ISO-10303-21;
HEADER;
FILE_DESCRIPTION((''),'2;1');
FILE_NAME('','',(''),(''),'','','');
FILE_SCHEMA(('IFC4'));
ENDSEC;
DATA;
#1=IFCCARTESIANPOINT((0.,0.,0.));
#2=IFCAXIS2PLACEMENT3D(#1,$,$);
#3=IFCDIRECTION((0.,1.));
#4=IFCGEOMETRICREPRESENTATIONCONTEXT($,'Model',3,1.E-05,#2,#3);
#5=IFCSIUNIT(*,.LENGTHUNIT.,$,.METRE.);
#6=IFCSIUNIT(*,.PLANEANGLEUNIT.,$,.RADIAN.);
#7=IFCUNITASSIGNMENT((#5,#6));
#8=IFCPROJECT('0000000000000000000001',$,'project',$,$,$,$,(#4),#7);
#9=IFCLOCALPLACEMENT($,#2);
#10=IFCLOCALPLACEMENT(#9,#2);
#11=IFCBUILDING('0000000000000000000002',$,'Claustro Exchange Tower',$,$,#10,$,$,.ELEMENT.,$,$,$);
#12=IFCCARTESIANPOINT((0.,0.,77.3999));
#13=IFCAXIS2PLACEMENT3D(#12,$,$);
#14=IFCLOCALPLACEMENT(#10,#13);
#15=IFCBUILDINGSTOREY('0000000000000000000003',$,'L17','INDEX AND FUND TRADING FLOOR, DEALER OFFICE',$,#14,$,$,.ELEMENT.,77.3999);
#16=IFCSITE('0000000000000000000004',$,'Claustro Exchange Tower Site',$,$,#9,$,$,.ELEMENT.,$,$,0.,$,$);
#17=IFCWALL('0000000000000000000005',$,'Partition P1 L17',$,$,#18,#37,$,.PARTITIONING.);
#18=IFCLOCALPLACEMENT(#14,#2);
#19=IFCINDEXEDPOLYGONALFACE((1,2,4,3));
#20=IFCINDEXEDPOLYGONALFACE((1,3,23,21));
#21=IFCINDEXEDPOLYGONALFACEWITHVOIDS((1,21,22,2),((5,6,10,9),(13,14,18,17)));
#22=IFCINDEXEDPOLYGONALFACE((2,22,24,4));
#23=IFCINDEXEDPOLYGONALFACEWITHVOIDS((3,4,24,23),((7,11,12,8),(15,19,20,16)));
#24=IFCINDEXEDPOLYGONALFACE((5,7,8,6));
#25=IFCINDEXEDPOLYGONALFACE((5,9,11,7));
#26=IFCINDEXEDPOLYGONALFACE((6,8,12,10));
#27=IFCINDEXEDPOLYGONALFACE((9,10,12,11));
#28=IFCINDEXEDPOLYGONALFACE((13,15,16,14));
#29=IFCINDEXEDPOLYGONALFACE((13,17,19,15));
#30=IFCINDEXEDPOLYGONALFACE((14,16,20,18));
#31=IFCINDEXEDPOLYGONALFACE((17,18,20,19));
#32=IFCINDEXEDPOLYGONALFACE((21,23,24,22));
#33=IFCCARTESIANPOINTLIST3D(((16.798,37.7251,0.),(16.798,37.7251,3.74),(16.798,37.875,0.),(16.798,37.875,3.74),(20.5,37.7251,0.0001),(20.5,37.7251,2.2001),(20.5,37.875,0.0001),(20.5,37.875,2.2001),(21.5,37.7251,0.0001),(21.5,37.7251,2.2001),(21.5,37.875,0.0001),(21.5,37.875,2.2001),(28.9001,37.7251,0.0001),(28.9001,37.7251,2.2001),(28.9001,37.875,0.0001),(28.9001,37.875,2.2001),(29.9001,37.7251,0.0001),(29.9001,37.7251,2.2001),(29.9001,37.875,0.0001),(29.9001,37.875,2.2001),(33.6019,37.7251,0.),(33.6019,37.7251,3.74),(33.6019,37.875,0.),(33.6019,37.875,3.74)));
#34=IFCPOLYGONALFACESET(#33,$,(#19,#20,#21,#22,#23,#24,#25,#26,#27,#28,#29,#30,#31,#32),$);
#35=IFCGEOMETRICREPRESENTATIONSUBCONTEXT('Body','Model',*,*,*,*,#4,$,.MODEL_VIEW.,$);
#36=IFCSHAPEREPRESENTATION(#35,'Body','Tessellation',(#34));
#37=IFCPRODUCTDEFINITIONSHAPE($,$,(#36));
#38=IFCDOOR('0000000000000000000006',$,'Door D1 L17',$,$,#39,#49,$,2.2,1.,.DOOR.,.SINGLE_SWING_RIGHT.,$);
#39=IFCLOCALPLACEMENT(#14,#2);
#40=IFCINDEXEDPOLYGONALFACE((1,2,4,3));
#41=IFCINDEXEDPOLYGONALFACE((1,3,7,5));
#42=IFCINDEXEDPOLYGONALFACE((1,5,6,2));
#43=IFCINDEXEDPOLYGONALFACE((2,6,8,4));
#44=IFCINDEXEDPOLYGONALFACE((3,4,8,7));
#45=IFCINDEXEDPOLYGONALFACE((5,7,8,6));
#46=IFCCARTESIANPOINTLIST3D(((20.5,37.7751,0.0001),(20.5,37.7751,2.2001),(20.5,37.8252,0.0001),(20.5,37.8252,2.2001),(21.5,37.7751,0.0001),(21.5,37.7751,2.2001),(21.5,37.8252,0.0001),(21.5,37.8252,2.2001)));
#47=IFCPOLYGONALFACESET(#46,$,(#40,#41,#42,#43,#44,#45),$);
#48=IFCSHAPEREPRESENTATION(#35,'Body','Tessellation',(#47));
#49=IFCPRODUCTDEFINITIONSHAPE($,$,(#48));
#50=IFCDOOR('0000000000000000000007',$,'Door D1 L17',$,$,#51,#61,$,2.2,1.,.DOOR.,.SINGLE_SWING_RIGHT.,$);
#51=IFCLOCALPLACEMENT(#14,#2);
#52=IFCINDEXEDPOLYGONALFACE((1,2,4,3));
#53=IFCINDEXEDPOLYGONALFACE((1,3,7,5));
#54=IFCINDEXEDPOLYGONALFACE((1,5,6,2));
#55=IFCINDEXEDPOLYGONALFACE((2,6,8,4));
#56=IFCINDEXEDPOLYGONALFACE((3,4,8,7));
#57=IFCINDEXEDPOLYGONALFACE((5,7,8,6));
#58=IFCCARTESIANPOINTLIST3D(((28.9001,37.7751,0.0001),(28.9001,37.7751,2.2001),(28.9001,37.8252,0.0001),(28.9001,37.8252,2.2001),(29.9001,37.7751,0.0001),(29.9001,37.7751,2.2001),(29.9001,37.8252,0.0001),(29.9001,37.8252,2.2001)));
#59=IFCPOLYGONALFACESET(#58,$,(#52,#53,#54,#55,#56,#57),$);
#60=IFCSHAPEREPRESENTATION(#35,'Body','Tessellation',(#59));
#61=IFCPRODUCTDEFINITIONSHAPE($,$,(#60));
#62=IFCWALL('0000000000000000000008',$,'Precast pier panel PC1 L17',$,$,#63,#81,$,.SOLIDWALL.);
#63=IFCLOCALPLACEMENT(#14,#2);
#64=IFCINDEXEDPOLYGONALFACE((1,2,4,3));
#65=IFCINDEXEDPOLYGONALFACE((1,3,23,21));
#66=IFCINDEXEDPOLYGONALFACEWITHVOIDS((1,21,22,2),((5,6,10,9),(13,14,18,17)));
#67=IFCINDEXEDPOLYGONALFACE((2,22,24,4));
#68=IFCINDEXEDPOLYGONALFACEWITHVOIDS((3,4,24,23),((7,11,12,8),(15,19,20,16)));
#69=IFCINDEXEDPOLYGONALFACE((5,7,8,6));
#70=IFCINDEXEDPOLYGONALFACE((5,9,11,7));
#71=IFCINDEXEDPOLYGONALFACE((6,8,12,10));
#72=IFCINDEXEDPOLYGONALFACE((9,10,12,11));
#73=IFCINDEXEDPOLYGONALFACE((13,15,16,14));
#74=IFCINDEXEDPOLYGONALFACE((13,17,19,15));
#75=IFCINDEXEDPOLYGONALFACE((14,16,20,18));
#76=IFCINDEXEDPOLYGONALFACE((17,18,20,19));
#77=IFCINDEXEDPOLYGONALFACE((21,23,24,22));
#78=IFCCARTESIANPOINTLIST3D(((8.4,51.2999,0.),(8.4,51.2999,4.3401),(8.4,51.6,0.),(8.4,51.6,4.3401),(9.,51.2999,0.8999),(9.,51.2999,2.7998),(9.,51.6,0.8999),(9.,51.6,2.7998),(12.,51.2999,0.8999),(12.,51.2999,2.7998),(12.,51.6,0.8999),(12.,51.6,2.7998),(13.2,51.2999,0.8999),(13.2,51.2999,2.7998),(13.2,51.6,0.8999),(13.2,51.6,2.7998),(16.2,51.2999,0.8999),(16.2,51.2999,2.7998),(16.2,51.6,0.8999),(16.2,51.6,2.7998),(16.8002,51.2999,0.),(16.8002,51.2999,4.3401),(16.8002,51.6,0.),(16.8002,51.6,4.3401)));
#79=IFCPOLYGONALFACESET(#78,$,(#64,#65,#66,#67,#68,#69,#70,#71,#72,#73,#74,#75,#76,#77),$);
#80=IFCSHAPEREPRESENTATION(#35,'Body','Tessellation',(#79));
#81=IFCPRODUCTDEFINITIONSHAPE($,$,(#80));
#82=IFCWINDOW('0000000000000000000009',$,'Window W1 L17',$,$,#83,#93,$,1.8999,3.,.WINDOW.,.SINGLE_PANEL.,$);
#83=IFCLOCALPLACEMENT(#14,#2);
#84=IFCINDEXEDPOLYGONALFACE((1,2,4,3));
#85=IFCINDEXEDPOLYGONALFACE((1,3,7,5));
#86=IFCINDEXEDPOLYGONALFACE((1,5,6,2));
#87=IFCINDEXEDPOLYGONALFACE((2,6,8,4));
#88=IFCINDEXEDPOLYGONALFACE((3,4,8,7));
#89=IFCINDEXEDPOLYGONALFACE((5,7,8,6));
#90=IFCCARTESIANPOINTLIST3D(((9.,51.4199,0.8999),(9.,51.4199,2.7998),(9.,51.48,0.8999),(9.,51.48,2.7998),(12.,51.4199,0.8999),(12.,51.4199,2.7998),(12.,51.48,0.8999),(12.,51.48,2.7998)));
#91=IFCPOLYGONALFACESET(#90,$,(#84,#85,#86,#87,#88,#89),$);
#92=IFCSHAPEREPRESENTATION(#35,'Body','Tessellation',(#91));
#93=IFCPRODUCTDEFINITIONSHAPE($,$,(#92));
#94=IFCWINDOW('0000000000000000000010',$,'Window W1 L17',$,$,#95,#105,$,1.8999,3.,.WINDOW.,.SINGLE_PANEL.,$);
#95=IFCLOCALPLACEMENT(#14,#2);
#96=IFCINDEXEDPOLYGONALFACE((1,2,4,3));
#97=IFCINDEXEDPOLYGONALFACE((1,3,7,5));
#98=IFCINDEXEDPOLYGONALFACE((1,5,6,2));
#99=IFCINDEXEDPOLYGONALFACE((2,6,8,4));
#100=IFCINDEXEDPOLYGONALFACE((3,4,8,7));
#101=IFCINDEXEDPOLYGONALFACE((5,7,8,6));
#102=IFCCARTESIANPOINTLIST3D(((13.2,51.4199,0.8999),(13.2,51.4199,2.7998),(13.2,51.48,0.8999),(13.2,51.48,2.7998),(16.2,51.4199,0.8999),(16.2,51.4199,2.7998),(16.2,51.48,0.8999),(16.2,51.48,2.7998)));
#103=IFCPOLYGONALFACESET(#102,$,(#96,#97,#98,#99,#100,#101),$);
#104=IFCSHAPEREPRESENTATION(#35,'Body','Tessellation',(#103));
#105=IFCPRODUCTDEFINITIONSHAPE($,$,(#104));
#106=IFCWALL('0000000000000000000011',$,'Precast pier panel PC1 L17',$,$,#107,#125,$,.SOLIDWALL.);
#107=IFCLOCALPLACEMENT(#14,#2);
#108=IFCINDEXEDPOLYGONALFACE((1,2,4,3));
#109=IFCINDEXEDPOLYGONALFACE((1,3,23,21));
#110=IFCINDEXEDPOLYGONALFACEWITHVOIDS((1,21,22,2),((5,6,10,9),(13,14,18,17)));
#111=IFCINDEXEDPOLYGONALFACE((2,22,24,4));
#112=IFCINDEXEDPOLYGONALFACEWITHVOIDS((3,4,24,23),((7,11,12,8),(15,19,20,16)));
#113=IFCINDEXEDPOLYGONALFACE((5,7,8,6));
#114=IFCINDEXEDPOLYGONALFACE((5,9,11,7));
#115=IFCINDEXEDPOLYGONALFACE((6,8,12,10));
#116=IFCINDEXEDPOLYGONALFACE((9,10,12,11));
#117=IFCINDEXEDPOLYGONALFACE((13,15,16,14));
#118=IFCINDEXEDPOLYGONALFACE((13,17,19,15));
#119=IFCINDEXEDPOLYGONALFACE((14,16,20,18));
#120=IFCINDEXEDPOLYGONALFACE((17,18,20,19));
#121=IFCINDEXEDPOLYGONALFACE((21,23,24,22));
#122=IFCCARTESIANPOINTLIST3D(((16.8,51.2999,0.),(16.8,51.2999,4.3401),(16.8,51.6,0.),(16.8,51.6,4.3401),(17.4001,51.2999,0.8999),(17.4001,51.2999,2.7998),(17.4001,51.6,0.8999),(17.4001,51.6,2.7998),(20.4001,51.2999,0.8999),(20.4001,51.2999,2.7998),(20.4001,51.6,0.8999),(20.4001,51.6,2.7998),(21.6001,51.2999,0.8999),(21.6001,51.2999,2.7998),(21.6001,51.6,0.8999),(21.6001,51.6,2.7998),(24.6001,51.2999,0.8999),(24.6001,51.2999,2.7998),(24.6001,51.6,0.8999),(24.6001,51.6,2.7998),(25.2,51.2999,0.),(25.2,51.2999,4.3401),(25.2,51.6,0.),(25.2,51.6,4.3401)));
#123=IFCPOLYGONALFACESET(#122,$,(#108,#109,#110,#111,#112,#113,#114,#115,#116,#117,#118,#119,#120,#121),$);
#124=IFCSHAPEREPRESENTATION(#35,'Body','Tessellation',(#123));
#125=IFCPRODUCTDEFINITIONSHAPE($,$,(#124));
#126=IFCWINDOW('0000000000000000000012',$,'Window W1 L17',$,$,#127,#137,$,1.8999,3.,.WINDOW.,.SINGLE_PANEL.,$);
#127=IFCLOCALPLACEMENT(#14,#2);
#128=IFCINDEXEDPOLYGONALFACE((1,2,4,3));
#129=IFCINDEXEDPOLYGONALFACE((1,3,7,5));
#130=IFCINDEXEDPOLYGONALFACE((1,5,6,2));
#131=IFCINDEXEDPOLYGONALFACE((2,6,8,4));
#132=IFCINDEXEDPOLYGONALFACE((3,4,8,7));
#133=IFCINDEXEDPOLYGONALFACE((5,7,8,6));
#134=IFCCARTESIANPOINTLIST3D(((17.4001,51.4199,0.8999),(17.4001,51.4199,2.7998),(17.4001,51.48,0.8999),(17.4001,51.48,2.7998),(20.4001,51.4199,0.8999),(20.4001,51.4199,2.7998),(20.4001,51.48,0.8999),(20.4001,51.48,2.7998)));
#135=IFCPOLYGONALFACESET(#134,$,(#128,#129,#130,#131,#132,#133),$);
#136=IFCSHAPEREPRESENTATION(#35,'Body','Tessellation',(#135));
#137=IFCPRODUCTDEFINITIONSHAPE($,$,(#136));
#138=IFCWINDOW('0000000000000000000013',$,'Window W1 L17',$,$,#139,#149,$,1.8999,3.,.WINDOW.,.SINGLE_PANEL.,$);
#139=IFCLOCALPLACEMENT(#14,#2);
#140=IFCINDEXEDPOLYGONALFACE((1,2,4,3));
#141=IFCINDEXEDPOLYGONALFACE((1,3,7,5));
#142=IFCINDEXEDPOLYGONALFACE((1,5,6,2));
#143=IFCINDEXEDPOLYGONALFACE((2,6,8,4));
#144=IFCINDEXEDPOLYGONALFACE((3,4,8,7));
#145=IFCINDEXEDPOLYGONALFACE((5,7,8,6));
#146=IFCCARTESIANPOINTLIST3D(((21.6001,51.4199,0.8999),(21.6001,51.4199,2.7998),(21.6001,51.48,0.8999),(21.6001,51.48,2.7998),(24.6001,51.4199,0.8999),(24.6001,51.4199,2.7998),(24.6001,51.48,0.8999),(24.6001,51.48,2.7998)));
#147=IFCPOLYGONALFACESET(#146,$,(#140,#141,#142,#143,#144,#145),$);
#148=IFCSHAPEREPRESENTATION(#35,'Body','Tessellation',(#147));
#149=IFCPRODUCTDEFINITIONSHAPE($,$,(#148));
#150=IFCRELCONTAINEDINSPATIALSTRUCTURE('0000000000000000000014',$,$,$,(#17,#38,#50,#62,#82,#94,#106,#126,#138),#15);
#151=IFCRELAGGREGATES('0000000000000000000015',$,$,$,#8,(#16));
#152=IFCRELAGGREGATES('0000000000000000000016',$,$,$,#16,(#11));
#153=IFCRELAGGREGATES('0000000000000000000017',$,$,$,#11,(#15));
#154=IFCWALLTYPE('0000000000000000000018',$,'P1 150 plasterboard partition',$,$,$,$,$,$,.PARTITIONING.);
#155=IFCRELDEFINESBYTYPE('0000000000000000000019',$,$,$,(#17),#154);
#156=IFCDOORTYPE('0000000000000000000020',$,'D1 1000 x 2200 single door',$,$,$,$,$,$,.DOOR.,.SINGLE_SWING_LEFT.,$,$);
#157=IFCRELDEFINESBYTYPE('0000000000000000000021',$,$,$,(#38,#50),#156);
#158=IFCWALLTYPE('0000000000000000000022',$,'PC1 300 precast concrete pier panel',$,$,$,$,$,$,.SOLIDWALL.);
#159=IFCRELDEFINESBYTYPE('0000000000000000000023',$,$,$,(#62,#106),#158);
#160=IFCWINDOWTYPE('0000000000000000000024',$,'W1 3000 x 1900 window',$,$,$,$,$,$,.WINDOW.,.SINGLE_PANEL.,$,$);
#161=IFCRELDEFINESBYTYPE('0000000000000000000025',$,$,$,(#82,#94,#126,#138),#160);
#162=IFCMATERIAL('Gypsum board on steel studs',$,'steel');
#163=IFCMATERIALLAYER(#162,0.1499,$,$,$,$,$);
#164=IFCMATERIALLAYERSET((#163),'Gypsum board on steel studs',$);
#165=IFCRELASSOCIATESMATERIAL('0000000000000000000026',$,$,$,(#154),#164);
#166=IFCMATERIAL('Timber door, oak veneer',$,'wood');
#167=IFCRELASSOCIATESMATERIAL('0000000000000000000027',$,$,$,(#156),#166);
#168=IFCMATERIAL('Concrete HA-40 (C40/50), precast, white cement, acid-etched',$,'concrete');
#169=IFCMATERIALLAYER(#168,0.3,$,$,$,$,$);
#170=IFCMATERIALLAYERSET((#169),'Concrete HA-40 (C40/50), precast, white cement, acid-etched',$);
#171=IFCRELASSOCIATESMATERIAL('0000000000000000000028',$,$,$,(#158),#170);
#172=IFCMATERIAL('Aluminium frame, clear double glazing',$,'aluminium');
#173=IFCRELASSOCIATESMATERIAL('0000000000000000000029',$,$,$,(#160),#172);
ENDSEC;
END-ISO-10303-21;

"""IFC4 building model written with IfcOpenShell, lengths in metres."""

from ifc_helpers import new_model, si_unit, direction, frame, frame_2d, origin, place, context, subcontext, project, spatial, rectangle, extrude, material, layer, layer_set, type_object, element, fill, save


model = new_model("IFC4")

# Units and contexts
model_context = context("Model", 3, precision=1e-05, world=origin(), true_north=direction((0.0, 1.0)))
body_context = subcontext(model_context, "Body", "Model", "MODEL_VIEW")
ifc_project = project(units=[si_unit("LENGTHUNIT", "METRE"), si_unit("PLANEANGLEUNIT", "RADIAN")], contexts=[model_context])

# Site, building, storey
site_placement = place(None, origin())
site = spatial("IfcSite", under=ifc_project, at=site_placement, Name="Claustro Exchange Tower Site", CompositionType="ELEMENT", RefElevation=0.0)
building_placement = place(site_placement, origin())
building = spatial("IfcBuilding", under=site, at=building_placement, Name="Claustro Exchange Tower", CompositionType="ELEMENT")
storey_placement = place(building_placement, frame((0.0, 0.0, 77.3999)))
storey = spatial("IfcBuildingStorey", under=building, at=storey_placement, Name="L17", Description="INDEX AND FUND TRADING FLOOR, DEALER OFFICE", CompositionType="ELEMENT", Elevation=77.3999)

# Shared definitions
ifc_material_1 = material(Name="Gypsum board on steel studs", Category="steel")
ifc_layer_1 = layer(ifc_material_1, 0.1499)
ifc_layer_set_1 = layer_set([ifc_layer_1], Name="Gypsum board on steel studs")
wall_type_1 = type_object("IfcWallType", Name="P1 150 plasterboard partition", PredefinedType="PARTITIONING", material=ifc_layer_set_1)

# Wall, openings, doors
wall_1_placement = place(storey_placement, frame((16.7981, 37.8, 0.0), z_axis=(0.0, 0.0, 1.0), x_axis=(1.0, 0.0, 0.0)))
wall_1 = element("IfcWall", 1, at=wall_1_placement, inside=storey, type_object=wall_type_1, Name="Partition P1 L17", PredefinedType="PARTITIONING", context=body_context, shape_type="SweptSolid", body=[
    extrude(rectangle(XDim=16.804, YDim=0.1499, at=frame_2d((8.4019, 0.0))), origin(), (0.0, 0.0, 1.0), 3.74),
])
opening_1_placement = place(wall_1_placement, frame((3.7019, 0.0, 0.0)))
opening_1 = element("IfcOpeningElement", 2, at=opening_1_placement, cuts=wall_1, PredefinedType="OPENING", context=body_context, shape_type="SweptSolid", body=[
    extrude(rectangle(XDim=1.0, YDim=2.2, at=frame_2d((0.5, 1.1001))), frame((0.0, 0.085, 0.0), z_axis=(0.0, -1.0, 0.0), x_axis=(1.0, 0.0, 0.0)), (0.0, 0.0, 1.0), 0.1699),
])
opening_2_placement = place(wall_1_placement, frame((12.1021, 0.0, 0.0)))
opening_2 = element("IfcOpeningElement", 3, at=opening_2_placement, cuts=wall_1, PredefinedType="OPENING", context=body_context, shape_type="SweptSolid", body=[
    extrude(rectangle(XDim=1.0, YDim=2.2, at=frame_2d((0.5, 1.1001))), frame((0.0, 0.085, 0.0), z_axis=(0.0, -1.0, 0.0), x_axis=(1.0, 0.0, 0.0)), (0.0, 0.0, 1.0), 0.1699),
])
ifc_material_2 = material(Name="Timber door, oak veneer", Category="wood")
door_type = type_object("IfcDoorType", Name="D1 1000 x 2200 single door", OperationType="SINGLE_SWING_LEFT", PredefinedType="DOOR", material=ifc_material_2)
door_1_placement = place(opening_1_placement, frame((1.0, 0.0, 0.0), z_axis=(0.0, 0.0, 1.0), x_axis=(-1.0, 0.0, 0.0)))
door_1 = element("IfcDoor", 4, at=door_1_placement, inside=storey, type_object=door_type, Name="Door D1 L17", OperationType="SINGLE_SWING_RIGHT", OverallHeight=2.2, OverallWidth=1.0, PredefinedType="DOOR", context=body_context, shape_type="SweptSolid", body=[
    extrude(rectangle(XDim=1.0, YDim=2.2, at=frame_2d((0.5, 1.1001))), frame((0.0, 0.0249, 0.0), z_axis=(0.0, -1.0, 0.0), x_axis=(1.0, 0.0, 0.0)), (0.0, 0.0, 1.0), 0.05),
])
fill(opening_1, door_1)
door_2_placement = place(opening_2_placement, frame((1.0, 0.0, 0.0), z_axis=(0.0, 0.0, 1.0), x_axis=(-1.0, 0.0, 0.0)))
door_2 = element("IfcDoor", 5, at=door_2_placement, inside=storey, type_object=door_type, Name="Door D1 L17", OperationType="SINGLE_SWING_RIGHT", OverallHeight=2.2, OverallWidth=1.0, PredefinedType="DOOR", context=body_context, shape_type="SweptSolid", body=[
    extrude(rectangle(XDim=1.0, YDim=2.2, at=frame_2d((0.5, 1.1001))), frame((0.0, 0.0249, 0.0), z_axis=(0.0, -1.0, 0.0), x_axis=(1.0, 0.0, 0.0)), (0.0, 0.0, 1.0), 0.05),
])
fill(opening_2, door_2)

# Walls, openings, windows
ifc_material_3 = material(Name="Concrete HA-40 (C40/50), precast, white cement, acid-etched", Category="concrete")
ifc_layer_2 = layer(ifc_material_3, 0.3)
ifc_layer_set_2 = layer_set([ifc_layer_2], Name="Concrete HA-40 (C40/50), precast, white cement, acid-etched")
wall_type_2 = type_object("IfcWallType", Name="PC1 300 precast concrete pier panel", PredefinedType="SOLIDWALL", material=ifc_layer_set_2)
wall_2_placement = place(storey_placement, frame((8.3999, 51.45, 0.0), z_axis=(0.0, 0.0, 1.0), x_axis=(1.0, 0.0, 0.0)))
wall_2 = element("IfcWall", 6, at=wall_2_placement, inside=storey, type_object=wall_type_2, Name="Precast pier panel PC1 L17", PredefinedType="SOLIDWALL", context=body_context, shape_type="SweptSolid", body=[
    extrude(rectangle(XDim=8.4001, YDim=0.3, at=frame_2d((4.2002, 0.0))), origin(), (0.0, 0.0, 1.0), 4.3401),
])
opening_3_placement = place(wall_2_placement, frame((0.6001, 0.0, 0.8999)))
opening_3 = element("IfcOpeningElement", 7, at=opening_3_placement, cuts=wall_2, PredefinedType="OPENING", context=body_context, shape_type="SweptSolid", body=[
    extrude(rectangle(XDim=3.0, YDim=1.8999, at=frame_2d((1.5, 0.95))), frame((0.0, 0.1599, 0.0), z_axis=(0.0, -1.0, 0.0), x_axis=(1.0, 0.0, 0.0)), (0.0, 0.0, 1.0), 0.3201),
])
opening_4_placement = place(wall_2_placement, frame((4.8, 0.0, 0.8999)))
opening_4 = element("IfcOpeningElement", 8, at=opening_4_placement, cuts=wall_2, PredefinedType="OPENING", context=body_context, shape_type="SweptSolid", body=[
    extrude(rectangle(XDim=3.0, YDim=1.8999, at=frame_2d((1.5, 0.95))), frame((0.0, 0.1599, 0.0), z_axis=(0.0, -1.0, 0.0), x_axis=(1.0, 0.0, 0.0)), (0.0, 0.0, 1.0), 0.3201),
])
ifc_material_4 = material(Name="Aluminium frame, clear double glazing", Category="aluminium")
window_type = type_object("IfcWindowType", Name="W1 3000 x 1900 window", PartitioningType="SINGLE_PANEL", PredefinedType="WINDOW", material=ifc_material_4)
window_1_placement = place(opening_3_placement, origin())
window_1 = element("IfcWindow", 9, at=window_1_placement, inside=storey, type_object=window_type, Name="Window W1 L17", OverallHeight=1.8999, OverallWidth=3.0, PartitioningType="SINGLE_PANEL", PredefinedType="WINDOW", context=body_context, shape_type="SweptSolid", body=[
    extrude(rectangle(XDim=3.0, YDim=1.8999, at=frame_2d((1.5, 0.95))), frame((0.0, 0.03, 0.0), z_axis=(0.0, -1.0, 0.0), x_axis=(1.0, 0.0, 0.0)), (0.0, 0.0, 1.0), 0.0601),
])
fill(opening_3, window_1)
window_2_placement = place(opening_4_placement, origin())
window_2 = element("IfcWindow", 10, at=window_2_placement, inside=storey, type_object=window_type, Name="Window W1 L17", OverallHeight=1.8999, OverallWidth=3.0, PartitioningType="SINGLE_PANEL", PredefinedType="WINDOW", context=body_context, shape_type="SweptSolid", body=[
    extrude(rectangle(XDim=3.0, YDim=1.8999, at=frame_2d((1.5, 0.95))), frame((0.0, 0.03, 0.0), z_axis=(0.0, -1.0, 0.0), x_axis=(1.0, 0.0, 0.0)), (0.0, 0.0, 1.0), 0.0601),
])
fill(opening_4, window_2)
wall_3_placement = place(storey_placement, frame((16.8, 51.45, 0.0), z_axis=(0.0, 0.0, 1.0), x_axis=(1.0, 0.0, 0.0)))
wall_3 = element("IfcWall", 11, at=wall_3_placement, inside=storey, type_object=wall_type_2, Name="Precast pier panel PC1 L17", PredefinedType="SOLIDWALL", context=body_context, shape_type="SweptSolid", body=[
    extrude(rectangle(XDim=8.3999, YDim=0.3, at=frame_2d((4.2, 0.0))), origin(), (0.0, 0.0, 1.0), 4.3401),
])
opening_5_placement = place(wall_3_placement, frame((0.6001, 0.0, 0.8999)))
opening_5 = element("IfcOpeningElement", 12, at=opening_5_placement, cuts=wall_3, PredefinedType="OPENING", context=body_context, shape_type="SweptSolid", body=[
    extrude(rectangle(XDim=3.0, YDim=1.8999, at=frame_2d((1.5, 0.95))), frame((0.0, 0.1599, 0.0), z_axis=(0.0, -1.0, 0.0), x_axis=(1.0, 0.0, 0.0)), (0.0, 0.0, 1.0), 0.3201),
])
opening_6_placement = place(wall_3_placement, frame((4.8, 0.0, 0.8999)))
opening_6 = element("IfcOpeningElement", 13, at=opening_6_placement, cuts=wall_3, PredefinedType="OPENING", context=body_context, shape_type="SweptSolid", body=[
    extrude(rectangle(XDim=3.0, YDim=1.8999, at=frame_2d((1.5, 0.95))), frame((0.0, 0.1599, 0.0), z_axis=(0.0, -1.0, 0.0), x_axis=(1.0, 0.0, 0.0)), (0.0, 0.0, 1.0), 0.3201),
])
window_3_placement = place(opening_5_placement, origin())
window_3 = element("IfcWindow", 14, at=window_3_placement, inside=storey, type_object=window_type, Name="Window W1 L17", OverallHeight=1.8999, OverallWidth=3.0, PartitioningType="SINGLE_PANEL", PredefinedType="WINDOW", context=body_context, shape_type="SweptSolid", body=[
    extrude(rectangle(XDim=3.0, YDim=1.8999, at=frame_2d((1.5, 0.95))), frame((0.0, 0.03, 0.0), z_axis=(0.0, -1.0, 0.0), x_axis=(1.0, 0.0, 0.0)), (0.0, 0.0, 1.0), 0.0601),
])
fill(opening_5, window_3)
window_4_placement = place(opening_6_placement, origin())
window_4 = element("IfcWindow", 15, at=window_4_placement, inside=storey, type_object=window_type, Name="Window W1 L17", OverallHeight=1.8999, OverallWidth=3.0, PartitioningType="SINGLE_PANEL", PredefinedType="WINDOW", context=body_context, shape_type="SweptSolid", body=[
    extrude(rectangle(XDim=3.0, YDim=1.8999, at=frame_2d((1.5, 0.95))), frame((0.0, 0.03, 0.0), z_axis=(0.0, -1.0, 0.0), x_axis=(1.0, 0.0, 0.0)), (0.0, 0.0, 1.0), 0.0601),
])
fill(opening_6, window_4)

save(model, "model.ifc")
